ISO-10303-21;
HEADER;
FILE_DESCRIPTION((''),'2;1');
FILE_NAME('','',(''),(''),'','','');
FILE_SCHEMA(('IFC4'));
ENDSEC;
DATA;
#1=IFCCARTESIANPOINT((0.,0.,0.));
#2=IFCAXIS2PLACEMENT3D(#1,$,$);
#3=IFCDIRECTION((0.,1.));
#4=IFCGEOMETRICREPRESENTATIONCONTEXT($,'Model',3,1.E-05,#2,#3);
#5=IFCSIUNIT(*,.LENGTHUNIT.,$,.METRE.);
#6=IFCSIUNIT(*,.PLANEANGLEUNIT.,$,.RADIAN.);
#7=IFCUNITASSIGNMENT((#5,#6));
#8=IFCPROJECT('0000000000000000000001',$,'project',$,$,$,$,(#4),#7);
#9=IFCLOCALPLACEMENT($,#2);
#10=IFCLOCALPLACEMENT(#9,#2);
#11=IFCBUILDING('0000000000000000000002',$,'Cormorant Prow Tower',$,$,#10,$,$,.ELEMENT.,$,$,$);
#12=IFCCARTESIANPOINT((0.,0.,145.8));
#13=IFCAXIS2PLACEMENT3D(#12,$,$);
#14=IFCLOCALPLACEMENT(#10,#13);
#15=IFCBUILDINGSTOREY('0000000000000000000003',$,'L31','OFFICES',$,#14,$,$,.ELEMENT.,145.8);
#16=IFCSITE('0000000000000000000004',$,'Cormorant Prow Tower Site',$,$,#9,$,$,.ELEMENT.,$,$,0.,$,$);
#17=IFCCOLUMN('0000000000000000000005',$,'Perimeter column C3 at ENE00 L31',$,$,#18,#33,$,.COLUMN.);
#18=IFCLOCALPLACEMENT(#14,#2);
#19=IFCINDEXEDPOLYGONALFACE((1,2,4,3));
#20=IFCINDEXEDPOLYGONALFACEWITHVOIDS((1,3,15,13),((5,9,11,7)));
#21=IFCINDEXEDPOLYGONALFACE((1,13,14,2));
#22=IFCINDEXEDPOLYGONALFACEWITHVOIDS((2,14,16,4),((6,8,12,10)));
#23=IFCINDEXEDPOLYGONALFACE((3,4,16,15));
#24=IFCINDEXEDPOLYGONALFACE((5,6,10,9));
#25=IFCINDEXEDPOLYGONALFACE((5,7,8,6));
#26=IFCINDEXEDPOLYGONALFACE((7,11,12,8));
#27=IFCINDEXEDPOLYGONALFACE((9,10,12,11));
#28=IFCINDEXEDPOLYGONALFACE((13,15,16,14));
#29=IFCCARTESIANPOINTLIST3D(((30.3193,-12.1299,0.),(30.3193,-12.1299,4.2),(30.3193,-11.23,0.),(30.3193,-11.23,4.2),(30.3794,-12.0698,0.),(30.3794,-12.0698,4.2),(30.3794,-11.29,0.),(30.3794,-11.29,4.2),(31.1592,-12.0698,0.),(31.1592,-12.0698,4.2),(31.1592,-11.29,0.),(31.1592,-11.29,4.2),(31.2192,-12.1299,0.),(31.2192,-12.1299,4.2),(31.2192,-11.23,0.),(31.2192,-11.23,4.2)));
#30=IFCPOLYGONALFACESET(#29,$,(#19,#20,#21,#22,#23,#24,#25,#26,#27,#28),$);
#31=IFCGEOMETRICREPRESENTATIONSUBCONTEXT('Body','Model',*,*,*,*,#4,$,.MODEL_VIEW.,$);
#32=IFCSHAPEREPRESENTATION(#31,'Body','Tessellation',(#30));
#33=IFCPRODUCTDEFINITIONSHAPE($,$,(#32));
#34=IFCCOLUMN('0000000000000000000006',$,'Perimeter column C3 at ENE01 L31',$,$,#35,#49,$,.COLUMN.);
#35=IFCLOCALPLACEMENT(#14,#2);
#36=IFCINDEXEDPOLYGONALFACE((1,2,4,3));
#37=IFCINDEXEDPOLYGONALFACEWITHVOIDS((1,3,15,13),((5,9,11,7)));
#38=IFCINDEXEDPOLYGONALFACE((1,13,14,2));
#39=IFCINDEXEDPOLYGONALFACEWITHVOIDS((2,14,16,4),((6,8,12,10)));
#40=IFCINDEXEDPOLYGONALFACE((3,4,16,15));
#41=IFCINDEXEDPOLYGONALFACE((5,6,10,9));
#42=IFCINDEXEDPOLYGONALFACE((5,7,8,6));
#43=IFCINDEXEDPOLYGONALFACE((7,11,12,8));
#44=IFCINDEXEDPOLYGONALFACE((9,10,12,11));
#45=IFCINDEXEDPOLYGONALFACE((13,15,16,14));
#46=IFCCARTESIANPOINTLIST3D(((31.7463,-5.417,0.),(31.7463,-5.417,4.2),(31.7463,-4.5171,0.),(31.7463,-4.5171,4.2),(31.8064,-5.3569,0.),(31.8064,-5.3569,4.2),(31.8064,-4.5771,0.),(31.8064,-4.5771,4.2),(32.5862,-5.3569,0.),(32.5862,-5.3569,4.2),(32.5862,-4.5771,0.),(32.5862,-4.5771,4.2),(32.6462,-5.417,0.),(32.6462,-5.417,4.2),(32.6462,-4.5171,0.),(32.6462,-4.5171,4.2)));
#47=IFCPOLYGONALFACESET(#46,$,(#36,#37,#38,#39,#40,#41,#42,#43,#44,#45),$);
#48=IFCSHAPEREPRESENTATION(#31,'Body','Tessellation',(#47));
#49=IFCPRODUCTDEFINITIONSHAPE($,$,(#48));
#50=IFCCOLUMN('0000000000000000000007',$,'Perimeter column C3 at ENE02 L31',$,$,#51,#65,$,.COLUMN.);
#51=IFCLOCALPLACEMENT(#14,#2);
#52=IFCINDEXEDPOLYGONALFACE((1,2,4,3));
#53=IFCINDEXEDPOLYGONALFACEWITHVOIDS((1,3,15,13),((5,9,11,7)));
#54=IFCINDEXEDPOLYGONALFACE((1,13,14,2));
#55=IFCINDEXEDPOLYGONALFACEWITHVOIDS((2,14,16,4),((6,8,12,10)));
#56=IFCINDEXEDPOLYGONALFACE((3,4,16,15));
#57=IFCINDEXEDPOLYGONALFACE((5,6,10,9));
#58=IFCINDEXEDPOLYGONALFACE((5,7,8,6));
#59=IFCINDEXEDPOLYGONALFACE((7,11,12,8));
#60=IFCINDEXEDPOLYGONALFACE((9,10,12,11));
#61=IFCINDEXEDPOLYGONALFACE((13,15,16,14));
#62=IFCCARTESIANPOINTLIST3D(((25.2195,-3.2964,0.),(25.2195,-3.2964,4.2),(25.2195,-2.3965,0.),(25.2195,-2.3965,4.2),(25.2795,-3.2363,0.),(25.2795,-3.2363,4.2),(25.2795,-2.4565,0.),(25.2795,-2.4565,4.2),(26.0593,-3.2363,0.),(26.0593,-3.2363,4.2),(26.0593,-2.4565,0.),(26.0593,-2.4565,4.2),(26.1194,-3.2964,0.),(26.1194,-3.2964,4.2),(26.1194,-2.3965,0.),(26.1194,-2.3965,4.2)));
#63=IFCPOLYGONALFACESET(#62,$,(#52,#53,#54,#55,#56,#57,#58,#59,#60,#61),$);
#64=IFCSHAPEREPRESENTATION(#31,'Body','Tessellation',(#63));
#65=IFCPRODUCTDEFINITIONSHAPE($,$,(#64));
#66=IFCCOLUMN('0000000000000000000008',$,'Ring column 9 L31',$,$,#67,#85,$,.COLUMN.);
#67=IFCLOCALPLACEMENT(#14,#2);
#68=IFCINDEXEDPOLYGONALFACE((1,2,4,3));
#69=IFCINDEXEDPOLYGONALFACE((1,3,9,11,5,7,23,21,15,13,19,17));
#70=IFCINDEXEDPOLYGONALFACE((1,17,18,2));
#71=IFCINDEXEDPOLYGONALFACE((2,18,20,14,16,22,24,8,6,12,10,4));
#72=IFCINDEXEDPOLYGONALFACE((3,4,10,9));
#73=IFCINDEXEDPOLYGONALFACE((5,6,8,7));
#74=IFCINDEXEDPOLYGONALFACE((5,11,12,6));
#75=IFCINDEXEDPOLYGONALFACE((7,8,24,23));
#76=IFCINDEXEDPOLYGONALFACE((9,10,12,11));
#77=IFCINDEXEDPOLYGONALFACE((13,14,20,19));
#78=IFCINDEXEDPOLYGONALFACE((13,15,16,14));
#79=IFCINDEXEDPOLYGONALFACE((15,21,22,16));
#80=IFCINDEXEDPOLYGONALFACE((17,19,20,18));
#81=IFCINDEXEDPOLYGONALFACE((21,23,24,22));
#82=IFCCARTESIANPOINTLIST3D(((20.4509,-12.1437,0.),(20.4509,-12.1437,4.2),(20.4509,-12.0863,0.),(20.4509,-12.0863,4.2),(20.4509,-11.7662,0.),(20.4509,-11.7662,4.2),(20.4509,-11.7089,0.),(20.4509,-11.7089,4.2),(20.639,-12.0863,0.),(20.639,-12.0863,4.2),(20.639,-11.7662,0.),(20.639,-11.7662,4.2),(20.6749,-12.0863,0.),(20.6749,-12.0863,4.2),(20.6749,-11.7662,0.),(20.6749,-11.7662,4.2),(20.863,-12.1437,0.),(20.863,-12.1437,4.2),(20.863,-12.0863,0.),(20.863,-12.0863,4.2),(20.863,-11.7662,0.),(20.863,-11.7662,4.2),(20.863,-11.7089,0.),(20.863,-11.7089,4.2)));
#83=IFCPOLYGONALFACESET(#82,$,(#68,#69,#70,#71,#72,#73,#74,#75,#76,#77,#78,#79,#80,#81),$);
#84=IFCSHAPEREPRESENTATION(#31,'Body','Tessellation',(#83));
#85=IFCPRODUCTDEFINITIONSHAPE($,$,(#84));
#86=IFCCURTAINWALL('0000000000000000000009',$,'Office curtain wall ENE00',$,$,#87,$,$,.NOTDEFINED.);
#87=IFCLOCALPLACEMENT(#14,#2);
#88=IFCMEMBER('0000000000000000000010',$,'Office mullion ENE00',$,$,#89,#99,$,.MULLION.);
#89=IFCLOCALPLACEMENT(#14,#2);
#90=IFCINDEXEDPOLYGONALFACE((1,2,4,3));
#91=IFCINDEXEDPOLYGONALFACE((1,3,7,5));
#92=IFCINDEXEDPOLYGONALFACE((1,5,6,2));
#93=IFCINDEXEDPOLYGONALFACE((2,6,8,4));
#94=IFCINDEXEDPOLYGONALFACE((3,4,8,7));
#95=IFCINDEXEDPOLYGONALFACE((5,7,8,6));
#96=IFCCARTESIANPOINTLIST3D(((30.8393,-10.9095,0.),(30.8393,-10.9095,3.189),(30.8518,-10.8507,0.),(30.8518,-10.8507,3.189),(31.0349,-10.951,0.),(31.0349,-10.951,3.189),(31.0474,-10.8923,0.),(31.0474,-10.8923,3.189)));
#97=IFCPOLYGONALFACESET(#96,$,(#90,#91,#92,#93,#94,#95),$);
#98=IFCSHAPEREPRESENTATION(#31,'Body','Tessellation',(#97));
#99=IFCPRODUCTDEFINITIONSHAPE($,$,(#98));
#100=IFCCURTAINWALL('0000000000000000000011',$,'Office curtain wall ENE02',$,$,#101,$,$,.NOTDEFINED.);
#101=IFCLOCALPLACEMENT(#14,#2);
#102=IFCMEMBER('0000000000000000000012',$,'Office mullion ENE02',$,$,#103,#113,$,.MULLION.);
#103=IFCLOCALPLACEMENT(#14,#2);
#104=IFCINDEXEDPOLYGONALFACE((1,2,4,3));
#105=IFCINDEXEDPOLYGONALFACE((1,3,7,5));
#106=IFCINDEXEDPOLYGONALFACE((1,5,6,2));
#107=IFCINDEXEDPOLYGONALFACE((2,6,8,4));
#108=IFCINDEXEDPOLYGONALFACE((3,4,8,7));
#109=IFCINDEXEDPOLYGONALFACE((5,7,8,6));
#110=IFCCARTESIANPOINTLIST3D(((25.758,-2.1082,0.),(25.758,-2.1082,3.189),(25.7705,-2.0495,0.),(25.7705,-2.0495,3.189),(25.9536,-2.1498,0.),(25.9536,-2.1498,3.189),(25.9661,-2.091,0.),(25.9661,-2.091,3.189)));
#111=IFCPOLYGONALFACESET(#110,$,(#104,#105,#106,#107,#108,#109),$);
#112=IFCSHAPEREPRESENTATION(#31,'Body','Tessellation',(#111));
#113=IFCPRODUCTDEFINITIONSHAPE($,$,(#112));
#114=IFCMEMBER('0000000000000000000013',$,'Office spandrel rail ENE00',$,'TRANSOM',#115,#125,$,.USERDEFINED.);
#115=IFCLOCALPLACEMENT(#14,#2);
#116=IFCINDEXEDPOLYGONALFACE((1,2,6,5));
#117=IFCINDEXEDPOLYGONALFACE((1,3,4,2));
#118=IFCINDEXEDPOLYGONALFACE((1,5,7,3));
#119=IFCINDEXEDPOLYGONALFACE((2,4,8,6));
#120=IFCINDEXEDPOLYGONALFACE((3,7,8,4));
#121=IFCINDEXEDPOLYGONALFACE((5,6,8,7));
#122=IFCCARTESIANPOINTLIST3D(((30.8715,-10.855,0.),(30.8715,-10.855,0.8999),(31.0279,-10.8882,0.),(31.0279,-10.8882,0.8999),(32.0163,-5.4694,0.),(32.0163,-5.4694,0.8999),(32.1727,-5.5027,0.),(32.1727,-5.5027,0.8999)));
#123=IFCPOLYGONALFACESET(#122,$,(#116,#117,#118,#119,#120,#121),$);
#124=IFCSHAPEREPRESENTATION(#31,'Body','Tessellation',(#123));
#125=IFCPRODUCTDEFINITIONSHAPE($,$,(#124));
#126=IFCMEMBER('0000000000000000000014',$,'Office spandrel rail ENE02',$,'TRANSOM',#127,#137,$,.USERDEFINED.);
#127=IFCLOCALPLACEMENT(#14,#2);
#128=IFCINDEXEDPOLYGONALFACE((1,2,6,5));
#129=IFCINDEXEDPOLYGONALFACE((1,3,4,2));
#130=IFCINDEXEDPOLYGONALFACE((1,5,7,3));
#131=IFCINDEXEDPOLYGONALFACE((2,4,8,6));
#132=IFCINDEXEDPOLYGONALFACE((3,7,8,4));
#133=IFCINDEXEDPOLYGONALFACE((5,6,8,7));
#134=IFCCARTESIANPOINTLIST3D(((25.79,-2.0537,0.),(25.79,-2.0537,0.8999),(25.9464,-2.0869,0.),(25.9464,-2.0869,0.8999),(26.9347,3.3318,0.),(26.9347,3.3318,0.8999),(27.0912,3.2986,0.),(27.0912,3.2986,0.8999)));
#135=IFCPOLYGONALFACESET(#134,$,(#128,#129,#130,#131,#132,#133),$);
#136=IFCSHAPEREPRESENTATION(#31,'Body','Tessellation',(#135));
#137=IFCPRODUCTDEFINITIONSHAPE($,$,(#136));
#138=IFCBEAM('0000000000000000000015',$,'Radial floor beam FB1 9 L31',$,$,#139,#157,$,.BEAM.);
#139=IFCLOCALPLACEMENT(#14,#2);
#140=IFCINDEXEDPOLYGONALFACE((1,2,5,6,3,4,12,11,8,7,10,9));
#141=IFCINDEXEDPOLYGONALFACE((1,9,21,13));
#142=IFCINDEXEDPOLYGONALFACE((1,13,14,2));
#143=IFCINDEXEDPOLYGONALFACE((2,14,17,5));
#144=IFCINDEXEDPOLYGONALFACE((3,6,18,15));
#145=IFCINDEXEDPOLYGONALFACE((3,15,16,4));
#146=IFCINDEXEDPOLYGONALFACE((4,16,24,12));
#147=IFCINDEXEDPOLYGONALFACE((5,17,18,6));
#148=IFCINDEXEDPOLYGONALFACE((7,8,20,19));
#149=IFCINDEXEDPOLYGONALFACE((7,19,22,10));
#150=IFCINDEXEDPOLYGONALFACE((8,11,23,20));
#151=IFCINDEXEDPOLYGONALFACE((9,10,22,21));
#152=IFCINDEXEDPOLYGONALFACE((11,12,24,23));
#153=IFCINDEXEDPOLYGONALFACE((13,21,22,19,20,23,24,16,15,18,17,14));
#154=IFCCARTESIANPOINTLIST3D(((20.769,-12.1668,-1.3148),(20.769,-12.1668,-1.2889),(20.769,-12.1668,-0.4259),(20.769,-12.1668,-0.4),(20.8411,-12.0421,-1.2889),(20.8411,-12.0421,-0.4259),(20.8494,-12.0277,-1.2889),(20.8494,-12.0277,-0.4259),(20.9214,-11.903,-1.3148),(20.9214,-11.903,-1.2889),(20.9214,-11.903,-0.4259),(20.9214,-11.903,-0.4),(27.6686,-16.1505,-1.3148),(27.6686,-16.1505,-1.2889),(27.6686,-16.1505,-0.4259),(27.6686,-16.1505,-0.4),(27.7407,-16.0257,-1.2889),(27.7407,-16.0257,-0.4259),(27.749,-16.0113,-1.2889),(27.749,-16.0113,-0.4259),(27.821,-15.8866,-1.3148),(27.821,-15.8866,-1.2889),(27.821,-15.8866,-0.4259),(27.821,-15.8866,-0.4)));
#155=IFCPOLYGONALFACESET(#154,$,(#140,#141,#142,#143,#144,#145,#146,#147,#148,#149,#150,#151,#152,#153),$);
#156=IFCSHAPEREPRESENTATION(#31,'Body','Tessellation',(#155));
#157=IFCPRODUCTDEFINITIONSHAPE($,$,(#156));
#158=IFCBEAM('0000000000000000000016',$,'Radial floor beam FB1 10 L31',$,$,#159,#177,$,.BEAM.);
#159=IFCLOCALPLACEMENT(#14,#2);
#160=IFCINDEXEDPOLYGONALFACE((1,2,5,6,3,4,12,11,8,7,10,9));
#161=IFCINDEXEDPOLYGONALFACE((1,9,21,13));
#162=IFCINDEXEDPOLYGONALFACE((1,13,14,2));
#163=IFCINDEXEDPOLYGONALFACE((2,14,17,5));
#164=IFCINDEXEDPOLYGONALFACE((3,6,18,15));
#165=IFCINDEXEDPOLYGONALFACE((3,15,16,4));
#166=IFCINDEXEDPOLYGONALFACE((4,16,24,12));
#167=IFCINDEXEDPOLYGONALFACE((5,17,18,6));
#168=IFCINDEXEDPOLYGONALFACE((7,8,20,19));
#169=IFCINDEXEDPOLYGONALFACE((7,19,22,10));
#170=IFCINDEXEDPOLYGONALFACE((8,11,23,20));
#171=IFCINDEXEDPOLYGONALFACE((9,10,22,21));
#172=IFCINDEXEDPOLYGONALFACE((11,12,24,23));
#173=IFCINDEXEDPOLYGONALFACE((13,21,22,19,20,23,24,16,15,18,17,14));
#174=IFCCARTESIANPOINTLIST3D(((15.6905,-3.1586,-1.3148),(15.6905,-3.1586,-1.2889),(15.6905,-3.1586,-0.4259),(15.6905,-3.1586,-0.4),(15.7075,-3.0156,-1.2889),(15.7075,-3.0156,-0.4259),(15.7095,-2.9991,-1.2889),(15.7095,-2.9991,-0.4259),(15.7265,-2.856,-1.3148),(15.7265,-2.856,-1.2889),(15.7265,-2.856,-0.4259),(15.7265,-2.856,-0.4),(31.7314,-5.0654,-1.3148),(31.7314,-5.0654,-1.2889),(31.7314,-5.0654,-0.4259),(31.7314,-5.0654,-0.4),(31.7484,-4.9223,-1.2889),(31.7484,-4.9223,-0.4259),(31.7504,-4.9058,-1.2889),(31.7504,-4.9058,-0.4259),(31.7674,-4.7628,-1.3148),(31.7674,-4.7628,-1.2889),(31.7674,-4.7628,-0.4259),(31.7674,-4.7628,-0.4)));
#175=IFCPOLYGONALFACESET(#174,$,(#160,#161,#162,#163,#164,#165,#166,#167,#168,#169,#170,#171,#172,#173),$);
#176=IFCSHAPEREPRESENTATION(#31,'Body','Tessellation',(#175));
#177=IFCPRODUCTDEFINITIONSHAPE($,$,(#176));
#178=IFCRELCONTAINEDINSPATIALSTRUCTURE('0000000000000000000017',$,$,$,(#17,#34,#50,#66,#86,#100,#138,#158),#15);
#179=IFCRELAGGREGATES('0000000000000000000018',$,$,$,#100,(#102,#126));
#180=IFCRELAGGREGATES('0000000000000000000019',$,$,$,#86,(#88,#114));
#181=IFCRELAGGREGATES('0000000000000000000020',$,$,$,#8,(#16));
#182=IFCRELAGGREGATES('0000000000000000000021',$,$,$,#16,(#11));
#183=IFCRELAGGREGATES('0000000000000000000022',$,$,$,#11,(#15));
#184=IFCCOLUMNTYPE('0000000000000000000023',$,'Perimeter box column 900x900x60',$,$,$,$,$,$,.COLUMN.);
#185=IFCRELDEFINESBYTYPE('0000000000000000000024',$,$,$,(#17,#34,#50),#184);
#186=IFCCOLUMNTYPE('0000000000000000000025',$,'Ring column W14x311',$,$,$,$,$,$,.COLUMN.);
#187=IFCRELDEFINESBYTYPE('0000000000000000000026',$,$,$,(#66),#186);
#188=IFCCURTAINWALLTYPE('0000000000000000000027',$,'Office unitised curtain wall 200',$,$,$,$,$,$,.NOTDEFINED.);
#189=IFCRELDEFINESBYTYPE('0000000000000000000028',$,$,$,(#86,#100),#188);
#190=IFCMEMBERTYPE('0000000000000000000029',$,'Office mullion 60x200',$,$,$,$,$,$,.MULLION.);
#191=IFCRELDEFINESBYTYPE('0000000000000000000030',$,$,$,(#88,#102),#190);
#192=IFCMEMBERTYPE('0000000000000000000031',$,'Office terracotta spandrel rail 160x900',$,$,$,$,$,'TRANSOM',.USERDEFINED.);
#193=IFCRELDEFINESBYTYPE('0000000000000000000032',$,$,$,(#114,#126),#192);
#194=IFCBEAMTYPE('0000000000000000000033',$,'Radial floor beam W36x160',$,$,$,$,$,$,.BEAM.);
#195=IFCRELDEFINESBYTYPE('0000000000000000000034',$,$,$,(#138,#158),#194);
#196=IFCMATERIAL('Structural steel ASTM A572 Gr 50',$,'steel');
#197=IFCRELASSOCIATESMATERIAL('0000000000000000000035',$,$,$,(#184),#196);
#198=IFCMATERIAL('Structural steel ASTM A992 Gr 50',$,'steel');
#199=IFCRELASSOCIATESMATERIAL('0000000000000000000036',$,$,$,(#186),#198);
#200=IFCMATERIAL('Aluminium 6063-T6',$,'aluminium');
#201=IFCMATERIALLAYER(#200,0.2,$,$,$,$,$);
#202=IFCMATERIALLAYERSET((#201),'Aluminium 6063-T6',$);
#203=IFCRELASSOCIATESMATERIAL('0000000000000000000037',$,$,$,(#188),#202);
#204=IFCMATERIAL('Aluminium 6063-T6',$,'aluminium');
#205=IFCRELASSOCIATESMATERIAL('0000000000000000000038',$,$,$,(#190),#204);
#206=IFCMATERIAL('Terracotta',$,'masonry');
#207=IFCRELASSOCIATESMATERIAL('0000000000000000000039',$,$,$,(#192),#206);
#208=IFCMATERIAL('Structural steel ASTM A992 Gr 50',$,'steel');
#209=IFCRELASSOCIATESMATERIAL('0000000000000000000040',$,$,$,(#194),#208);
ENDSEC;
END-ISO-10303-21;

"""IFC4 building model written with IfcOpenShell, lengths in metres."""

from ifc_helpers import new_model, si_unit, direction, frame, origin, origin_2d, place, context, subcontext, project, spatial, rectangle, hollow_rectangle, i_section, extrude, material, layer, layer_set, material_profile, profile_set, type_object, element, aggregate, save


model = new_model("IFC4")

# Units and contexts
model_context = context("Model", 3, precision=1e-05, world=origin(), true_north=direction((0.0, 1.0)))
body_context = subcontext(model_context, "Body", "Model", "MODEL_VIEW")
ifc_project = project(units=[si_unit("LENGTHUNIT", "METRE"), si_unit("PLANEANGLEUNIT", "RADIAN")], contexts=[model_context])

# Site, building, storey
site_placement = place(None, origin())
site = spatial("IfcSite", under=ifc_project, at=site_placement, Name="Cormorant Prow Tower Site", CompositionType="ELEMENT", RefElevation=0.0)
building_placement = place(site_placement, origin())
building = spatial("IfcBuilding", under=site, at=building_placement, Name="Cormorant Prow Tower", CompositionType="ELEMENT")
storey_placement = place(building_placement, frame((0.0, 0.0, 145.8)))
storey = spatial("IfcBuildingStorey", under=building, at=storey_placement, Name="L31", Description="OFFICES", CompositionType="ELEMENT", Elevation=145.8)

# Columns
ifc_material_1 = material(Name="Structural steel ASTM A572 Gr 50", Category="steel")
ifc_material_profile_1 = material_profile(ifc_material_1, hollow_rectangle(XDim=0.8999, YDim=0.8999, WallThickness=0.0601, at=origin_2d()), Name="Box 900x900x60")
ifc_profile_set_1 = profile_set([ifc_material_profile_1], Name="Structural steel ASTM A572 Gr 50")
column_type_1 = type_object("IfcColumnType", Name="Perimeter box column 900x900x60", PredefinedType="COLUMN", material=ifc_profile_set_1)
for number, where, z_axis, x_axis, name in (
    (1, (30.7693, -11.6799, 0.0), (0.0, 0.0, 1.0), (1.0, 0.0, 0.0), "Perimeter column C3 at ENE00 L31"),
    (2, (32.1963, -4.967, 0.0), (0.0, 0.0, 1.0), (1.0, 0.0, 0.0), "Perimeter column C3 at ENE01 L31"),
    (3, (25.6694, -2.8464, 0.0), (0.0, 0.0, 1.0), (1.0, 0.0, 0.0), "Perimeter column C3 at ENE02 L31"),
):
    element("IfcColumn", number, at=place(storey_placement, frame(where, z_axis=z_axis, x_axis=x_axis)), inside=storey, type_object=column_type_1, Name=name, PredefinedType="COLUMN", context=body_context, shape_type="SweptSolid", body=[
        extrude(hollow_rectangle(XDim=0.8999, YDim=0.8999, WallThickness=0.0601, at=origin_2d()), origin(), (0.0, 0.0, 1.0), 4.2),
    ])
ifc_material_2 = material(Name="Structural steel ASTM A992 Gr 50", Category="steel")
ifc_material_profile_2 = material_profile(ifc_material_2, i_section(OverallWidth=0.4121, OverallDepth=0.4348, WebThickness=0.0359, FlangeThickness=0.0574, at=origin_2d()), Name="W14x311")
ifc_profile_set_2 = profile_set([ifc_material_profile_2], Name="Structural steel ASTM A992 Gr 50")
column_type_2 = type_object("IfcColumnType", Name="Ring column W14x311", PredefinedType="COLUMN", material=ifc_profile_set_2)
column_placement = place(storey_placement, frame((20.657, -11.9263, 0.0), z_axis=(0.0, 0.0, 1.0), x_axis=(1.0, 0.0, 0.0)))
element("IfcColumn", 4, at=column_placement, inside=storey, type_object=column_type_2, Name="Ring column 9 L31", PredefinedType="COLUMN", context=body_context, shape_type="SweptSolid", body=[
    extrude(i_section(OverallWidth=0.4121, OverallDepth=0.4348, WebThickness=0.0359, FlangeThickness=0.0574, at=origin_2d()), origin(), (0.0, 0.0, 1.0), 4.2),
])

# Curtain walls, members
ifc_material_3 = material(Name="Aluminium 6063-T6", Category="aluminium")
ifc_layer_1 = layer(ifc_material_3, 0.2)
ifc_layer_set_1 = layer_set([ifc_layer_1], Name="Aluminium 6063-T6")
curtain_wall_type = type_object("IfcCurtainWallType", Name="Office unitised curtain wall 200", PredefinedType="NOTDEFINED", material=ifc_layer_set_1)
curtain_wall_1_placement = place(storey_placement, origin())
curtain_wall_1 = element("IfcCurtainWall", 5, at=curtain_wall_1_placement, inside=storey, type_object=curtain_wall_type, Name="Office curtain wall ENE00", PredefinedType="NOTDEFINED")
ifc_material_4 = material(Name="Aluminium 6063-T6", Category="aluminium")
ifc_material_profile_3 = material_profile(ifc_material_4, rectangle(XDim=0.2, YDim=0.0601, at=origin_2d()), Name="Office mullion 60x200")
ifc_profile_set_3 = profile_set([ifc_material_profile_3], Name="Aluminium 6063-T6")
member_type_1 = type_object("IfcMemberType", Name="Office mullion 60x200", PredefinedType="MULLION", material=ifc_profile_set_3)
member_1_placement = place(storey_placement, frame((30.9434, -10.9009, 0.0), z_axis=(0.0, 0.0, 1.0), x_axis=(-0.978148, 0.207912, 0.0)))
member_1 = element("IfcMember", 6, at=member_1_placement, type_object=member_type_1, Name="Office mullion ENE00", PredefinedType="MULLION", context=body_context, shape_type="SweptSolid", body=[
    extrude(rectangle(XDim=0.2, YDim=0.0601, at=origin_2d()), origin(), (0.0, 0.0, 1.0), 3.189),
])
curtain_wall_2_placement = place(storey_placement, origin())
curtain_wall_2 = element("IfcCurtainWall", 7, at=curtain_wall_2_placement, inside=storey, type_object=curtain_wall_type, Name="Office curtain wall ENE02", PredefinedType="NOTDEFINED")
member_2_placement = place(storey_placement, frame((25.8621, -2.0996, 0.0), z_axis=(0.0, 0.0, 1.0), x_axis=(-0.978148, 0.207912, 0.0)))
member_2 = element("IfcMember", 8, at=member_2_placement, type_object=member_type_1, Name="Office mullion ENE02", PredefinedType="MULLION", context=body_context, shape_type="SweptSolid", body=[
    extrude(rectangle(XDim=0.2, YDim=0.0601, at=origin_2d()), origin(), (0.0, 0.0, 1.0), 3.189),
])

# Members
ifc_material_5 = material(Name="Terracotta", Category="masonry")
ifc_material_profile_4 = material_profile(ifc_material_5, rectangle(XDim=0.1599, YDim=0.8999, at=origin_2d()), Name="Office terracotta spandrel rail 160x900")
ifc_profile_set_4 = profile_set([ifc_material_profile_4], Name="Terracotta")
member_type_2 = type_object("IfcMemberType", Name="Office terracotta spandrel rail 160x900", ElementType="TRANSOM", PredefinedType="USERDEFINED", material=ifc_profile_set_4)
member_3_placement = place(storey_placement, frame((30.9497, -10.8716, 0.45), z_axis=(0.207921, 0.978146, 0.0), x_axis=(-0.978146, 0.207921, 0.0)))
member_3 = element("IfcMember", 9, at=member_3_placement, type_object=member_type_2, Name="Office spandrel rail ENE00", ObjectType="TRANSOM", PredefinedType="USERDEFINED", context=body_context, shape_type="SweptSolid", body=[
    extrude(rectangle(XDim=0.1599, YDim=0.8999, at=origin_2d()), origin(), (0.0, 0.0, 1.0), 5.5059),
])
member_4_placement = place(storey_placement, frame((25.8682, -2.0703, 0.45), z_axis=(0.207921, 0.978146, 0.0), x_axis=(-0.978146, 0.207921, 0.0)))
member_4 = element("IfcMember", 10, at=member_4_placement, type_object=member_type_2, Name="Office spandrel rail ENE02", ObjectType="TRANSOM", PredefinedType="USERDEFINED", context=body_context, shape_type="SweptSolid", body=[
    extrude(rectangle(XDim=0.1599, YDim=0.8999, at=origin_2d()), origin(), (0.0, 0.0, 1.0), 5.5059),
])
aggregate(curtain_wall_2, [member_2, member_4])

# Beams
ifc_material_6 = material(Name="Structural steel ASTM A992 Gr 50", Category="steel")
ifc_material_profile_5 = material_profile(ifc_material_6, i_section(OverallWidth=0.3047, OverallDepth=0.9148, WebThickness=0.0166, FlangeThickness=0.0259, at=origin_2d()), Name="W36x160")
ifc_profile_set_5 = profile_set([ifc_material_profile_5], Name="Structural steel ASTM A992 Gr 50")
beam_type_1 = type_object("IfcBeamType", Name="Radial floor beam W36x160", PredefinedType="BEAM", material=ifc_profile_set_5)
beam_1_placement = place(storey_placement, frame((20.8452, -12.0349, -0.8574), z_axis=(0.866019, -0.500012, 0.0), x_axis=(0.500012, 0.866019, 0.0)))
element("IfcBeam", 11, at=beam_1_placement, inside=storey, type_object=beam_type_1, Name="Radial floor beam FB1 9 L31", PredefinedType="BEAM", context=body_context, shape_type="SweptSolid", body=[
    extrude(i_section(OverallWidth=0.3047, OverallDepth=0.9148, WebThickness=0.0166, FlangeThickness=0.0259, at=origin_2d()), origin(), (0.0, 0.0, 1.0), 7.967),
])
beam_2_placement = place(storey_placement, frame((15.7085, -3.0073, -0.8574), z_axis=(0.993009, -0.118037, 0.0), x_axis=(0.118037, 0.993009, 0.0)))
element("IfcBeam", 12, at=beam_2_placement, inside=storey, type_object=beam_type_1, Name="Radial floor beam FB1 10 L31", PredefinedType="BEAM", context=body_context, shape_type="SweptSolid", body=[
    extrude(i_section(OverallWidth=0.3047, OverallDepth=0.9148, WebThickness=0.0166, FlangeThickness=0.0259, at=origin_2d()), origin(), (0.0, 0.0, 1.0), 16.1538),
])

aggregate(curtain_wall_1, [member_1, member_3])

save(model, "model.ifc")
